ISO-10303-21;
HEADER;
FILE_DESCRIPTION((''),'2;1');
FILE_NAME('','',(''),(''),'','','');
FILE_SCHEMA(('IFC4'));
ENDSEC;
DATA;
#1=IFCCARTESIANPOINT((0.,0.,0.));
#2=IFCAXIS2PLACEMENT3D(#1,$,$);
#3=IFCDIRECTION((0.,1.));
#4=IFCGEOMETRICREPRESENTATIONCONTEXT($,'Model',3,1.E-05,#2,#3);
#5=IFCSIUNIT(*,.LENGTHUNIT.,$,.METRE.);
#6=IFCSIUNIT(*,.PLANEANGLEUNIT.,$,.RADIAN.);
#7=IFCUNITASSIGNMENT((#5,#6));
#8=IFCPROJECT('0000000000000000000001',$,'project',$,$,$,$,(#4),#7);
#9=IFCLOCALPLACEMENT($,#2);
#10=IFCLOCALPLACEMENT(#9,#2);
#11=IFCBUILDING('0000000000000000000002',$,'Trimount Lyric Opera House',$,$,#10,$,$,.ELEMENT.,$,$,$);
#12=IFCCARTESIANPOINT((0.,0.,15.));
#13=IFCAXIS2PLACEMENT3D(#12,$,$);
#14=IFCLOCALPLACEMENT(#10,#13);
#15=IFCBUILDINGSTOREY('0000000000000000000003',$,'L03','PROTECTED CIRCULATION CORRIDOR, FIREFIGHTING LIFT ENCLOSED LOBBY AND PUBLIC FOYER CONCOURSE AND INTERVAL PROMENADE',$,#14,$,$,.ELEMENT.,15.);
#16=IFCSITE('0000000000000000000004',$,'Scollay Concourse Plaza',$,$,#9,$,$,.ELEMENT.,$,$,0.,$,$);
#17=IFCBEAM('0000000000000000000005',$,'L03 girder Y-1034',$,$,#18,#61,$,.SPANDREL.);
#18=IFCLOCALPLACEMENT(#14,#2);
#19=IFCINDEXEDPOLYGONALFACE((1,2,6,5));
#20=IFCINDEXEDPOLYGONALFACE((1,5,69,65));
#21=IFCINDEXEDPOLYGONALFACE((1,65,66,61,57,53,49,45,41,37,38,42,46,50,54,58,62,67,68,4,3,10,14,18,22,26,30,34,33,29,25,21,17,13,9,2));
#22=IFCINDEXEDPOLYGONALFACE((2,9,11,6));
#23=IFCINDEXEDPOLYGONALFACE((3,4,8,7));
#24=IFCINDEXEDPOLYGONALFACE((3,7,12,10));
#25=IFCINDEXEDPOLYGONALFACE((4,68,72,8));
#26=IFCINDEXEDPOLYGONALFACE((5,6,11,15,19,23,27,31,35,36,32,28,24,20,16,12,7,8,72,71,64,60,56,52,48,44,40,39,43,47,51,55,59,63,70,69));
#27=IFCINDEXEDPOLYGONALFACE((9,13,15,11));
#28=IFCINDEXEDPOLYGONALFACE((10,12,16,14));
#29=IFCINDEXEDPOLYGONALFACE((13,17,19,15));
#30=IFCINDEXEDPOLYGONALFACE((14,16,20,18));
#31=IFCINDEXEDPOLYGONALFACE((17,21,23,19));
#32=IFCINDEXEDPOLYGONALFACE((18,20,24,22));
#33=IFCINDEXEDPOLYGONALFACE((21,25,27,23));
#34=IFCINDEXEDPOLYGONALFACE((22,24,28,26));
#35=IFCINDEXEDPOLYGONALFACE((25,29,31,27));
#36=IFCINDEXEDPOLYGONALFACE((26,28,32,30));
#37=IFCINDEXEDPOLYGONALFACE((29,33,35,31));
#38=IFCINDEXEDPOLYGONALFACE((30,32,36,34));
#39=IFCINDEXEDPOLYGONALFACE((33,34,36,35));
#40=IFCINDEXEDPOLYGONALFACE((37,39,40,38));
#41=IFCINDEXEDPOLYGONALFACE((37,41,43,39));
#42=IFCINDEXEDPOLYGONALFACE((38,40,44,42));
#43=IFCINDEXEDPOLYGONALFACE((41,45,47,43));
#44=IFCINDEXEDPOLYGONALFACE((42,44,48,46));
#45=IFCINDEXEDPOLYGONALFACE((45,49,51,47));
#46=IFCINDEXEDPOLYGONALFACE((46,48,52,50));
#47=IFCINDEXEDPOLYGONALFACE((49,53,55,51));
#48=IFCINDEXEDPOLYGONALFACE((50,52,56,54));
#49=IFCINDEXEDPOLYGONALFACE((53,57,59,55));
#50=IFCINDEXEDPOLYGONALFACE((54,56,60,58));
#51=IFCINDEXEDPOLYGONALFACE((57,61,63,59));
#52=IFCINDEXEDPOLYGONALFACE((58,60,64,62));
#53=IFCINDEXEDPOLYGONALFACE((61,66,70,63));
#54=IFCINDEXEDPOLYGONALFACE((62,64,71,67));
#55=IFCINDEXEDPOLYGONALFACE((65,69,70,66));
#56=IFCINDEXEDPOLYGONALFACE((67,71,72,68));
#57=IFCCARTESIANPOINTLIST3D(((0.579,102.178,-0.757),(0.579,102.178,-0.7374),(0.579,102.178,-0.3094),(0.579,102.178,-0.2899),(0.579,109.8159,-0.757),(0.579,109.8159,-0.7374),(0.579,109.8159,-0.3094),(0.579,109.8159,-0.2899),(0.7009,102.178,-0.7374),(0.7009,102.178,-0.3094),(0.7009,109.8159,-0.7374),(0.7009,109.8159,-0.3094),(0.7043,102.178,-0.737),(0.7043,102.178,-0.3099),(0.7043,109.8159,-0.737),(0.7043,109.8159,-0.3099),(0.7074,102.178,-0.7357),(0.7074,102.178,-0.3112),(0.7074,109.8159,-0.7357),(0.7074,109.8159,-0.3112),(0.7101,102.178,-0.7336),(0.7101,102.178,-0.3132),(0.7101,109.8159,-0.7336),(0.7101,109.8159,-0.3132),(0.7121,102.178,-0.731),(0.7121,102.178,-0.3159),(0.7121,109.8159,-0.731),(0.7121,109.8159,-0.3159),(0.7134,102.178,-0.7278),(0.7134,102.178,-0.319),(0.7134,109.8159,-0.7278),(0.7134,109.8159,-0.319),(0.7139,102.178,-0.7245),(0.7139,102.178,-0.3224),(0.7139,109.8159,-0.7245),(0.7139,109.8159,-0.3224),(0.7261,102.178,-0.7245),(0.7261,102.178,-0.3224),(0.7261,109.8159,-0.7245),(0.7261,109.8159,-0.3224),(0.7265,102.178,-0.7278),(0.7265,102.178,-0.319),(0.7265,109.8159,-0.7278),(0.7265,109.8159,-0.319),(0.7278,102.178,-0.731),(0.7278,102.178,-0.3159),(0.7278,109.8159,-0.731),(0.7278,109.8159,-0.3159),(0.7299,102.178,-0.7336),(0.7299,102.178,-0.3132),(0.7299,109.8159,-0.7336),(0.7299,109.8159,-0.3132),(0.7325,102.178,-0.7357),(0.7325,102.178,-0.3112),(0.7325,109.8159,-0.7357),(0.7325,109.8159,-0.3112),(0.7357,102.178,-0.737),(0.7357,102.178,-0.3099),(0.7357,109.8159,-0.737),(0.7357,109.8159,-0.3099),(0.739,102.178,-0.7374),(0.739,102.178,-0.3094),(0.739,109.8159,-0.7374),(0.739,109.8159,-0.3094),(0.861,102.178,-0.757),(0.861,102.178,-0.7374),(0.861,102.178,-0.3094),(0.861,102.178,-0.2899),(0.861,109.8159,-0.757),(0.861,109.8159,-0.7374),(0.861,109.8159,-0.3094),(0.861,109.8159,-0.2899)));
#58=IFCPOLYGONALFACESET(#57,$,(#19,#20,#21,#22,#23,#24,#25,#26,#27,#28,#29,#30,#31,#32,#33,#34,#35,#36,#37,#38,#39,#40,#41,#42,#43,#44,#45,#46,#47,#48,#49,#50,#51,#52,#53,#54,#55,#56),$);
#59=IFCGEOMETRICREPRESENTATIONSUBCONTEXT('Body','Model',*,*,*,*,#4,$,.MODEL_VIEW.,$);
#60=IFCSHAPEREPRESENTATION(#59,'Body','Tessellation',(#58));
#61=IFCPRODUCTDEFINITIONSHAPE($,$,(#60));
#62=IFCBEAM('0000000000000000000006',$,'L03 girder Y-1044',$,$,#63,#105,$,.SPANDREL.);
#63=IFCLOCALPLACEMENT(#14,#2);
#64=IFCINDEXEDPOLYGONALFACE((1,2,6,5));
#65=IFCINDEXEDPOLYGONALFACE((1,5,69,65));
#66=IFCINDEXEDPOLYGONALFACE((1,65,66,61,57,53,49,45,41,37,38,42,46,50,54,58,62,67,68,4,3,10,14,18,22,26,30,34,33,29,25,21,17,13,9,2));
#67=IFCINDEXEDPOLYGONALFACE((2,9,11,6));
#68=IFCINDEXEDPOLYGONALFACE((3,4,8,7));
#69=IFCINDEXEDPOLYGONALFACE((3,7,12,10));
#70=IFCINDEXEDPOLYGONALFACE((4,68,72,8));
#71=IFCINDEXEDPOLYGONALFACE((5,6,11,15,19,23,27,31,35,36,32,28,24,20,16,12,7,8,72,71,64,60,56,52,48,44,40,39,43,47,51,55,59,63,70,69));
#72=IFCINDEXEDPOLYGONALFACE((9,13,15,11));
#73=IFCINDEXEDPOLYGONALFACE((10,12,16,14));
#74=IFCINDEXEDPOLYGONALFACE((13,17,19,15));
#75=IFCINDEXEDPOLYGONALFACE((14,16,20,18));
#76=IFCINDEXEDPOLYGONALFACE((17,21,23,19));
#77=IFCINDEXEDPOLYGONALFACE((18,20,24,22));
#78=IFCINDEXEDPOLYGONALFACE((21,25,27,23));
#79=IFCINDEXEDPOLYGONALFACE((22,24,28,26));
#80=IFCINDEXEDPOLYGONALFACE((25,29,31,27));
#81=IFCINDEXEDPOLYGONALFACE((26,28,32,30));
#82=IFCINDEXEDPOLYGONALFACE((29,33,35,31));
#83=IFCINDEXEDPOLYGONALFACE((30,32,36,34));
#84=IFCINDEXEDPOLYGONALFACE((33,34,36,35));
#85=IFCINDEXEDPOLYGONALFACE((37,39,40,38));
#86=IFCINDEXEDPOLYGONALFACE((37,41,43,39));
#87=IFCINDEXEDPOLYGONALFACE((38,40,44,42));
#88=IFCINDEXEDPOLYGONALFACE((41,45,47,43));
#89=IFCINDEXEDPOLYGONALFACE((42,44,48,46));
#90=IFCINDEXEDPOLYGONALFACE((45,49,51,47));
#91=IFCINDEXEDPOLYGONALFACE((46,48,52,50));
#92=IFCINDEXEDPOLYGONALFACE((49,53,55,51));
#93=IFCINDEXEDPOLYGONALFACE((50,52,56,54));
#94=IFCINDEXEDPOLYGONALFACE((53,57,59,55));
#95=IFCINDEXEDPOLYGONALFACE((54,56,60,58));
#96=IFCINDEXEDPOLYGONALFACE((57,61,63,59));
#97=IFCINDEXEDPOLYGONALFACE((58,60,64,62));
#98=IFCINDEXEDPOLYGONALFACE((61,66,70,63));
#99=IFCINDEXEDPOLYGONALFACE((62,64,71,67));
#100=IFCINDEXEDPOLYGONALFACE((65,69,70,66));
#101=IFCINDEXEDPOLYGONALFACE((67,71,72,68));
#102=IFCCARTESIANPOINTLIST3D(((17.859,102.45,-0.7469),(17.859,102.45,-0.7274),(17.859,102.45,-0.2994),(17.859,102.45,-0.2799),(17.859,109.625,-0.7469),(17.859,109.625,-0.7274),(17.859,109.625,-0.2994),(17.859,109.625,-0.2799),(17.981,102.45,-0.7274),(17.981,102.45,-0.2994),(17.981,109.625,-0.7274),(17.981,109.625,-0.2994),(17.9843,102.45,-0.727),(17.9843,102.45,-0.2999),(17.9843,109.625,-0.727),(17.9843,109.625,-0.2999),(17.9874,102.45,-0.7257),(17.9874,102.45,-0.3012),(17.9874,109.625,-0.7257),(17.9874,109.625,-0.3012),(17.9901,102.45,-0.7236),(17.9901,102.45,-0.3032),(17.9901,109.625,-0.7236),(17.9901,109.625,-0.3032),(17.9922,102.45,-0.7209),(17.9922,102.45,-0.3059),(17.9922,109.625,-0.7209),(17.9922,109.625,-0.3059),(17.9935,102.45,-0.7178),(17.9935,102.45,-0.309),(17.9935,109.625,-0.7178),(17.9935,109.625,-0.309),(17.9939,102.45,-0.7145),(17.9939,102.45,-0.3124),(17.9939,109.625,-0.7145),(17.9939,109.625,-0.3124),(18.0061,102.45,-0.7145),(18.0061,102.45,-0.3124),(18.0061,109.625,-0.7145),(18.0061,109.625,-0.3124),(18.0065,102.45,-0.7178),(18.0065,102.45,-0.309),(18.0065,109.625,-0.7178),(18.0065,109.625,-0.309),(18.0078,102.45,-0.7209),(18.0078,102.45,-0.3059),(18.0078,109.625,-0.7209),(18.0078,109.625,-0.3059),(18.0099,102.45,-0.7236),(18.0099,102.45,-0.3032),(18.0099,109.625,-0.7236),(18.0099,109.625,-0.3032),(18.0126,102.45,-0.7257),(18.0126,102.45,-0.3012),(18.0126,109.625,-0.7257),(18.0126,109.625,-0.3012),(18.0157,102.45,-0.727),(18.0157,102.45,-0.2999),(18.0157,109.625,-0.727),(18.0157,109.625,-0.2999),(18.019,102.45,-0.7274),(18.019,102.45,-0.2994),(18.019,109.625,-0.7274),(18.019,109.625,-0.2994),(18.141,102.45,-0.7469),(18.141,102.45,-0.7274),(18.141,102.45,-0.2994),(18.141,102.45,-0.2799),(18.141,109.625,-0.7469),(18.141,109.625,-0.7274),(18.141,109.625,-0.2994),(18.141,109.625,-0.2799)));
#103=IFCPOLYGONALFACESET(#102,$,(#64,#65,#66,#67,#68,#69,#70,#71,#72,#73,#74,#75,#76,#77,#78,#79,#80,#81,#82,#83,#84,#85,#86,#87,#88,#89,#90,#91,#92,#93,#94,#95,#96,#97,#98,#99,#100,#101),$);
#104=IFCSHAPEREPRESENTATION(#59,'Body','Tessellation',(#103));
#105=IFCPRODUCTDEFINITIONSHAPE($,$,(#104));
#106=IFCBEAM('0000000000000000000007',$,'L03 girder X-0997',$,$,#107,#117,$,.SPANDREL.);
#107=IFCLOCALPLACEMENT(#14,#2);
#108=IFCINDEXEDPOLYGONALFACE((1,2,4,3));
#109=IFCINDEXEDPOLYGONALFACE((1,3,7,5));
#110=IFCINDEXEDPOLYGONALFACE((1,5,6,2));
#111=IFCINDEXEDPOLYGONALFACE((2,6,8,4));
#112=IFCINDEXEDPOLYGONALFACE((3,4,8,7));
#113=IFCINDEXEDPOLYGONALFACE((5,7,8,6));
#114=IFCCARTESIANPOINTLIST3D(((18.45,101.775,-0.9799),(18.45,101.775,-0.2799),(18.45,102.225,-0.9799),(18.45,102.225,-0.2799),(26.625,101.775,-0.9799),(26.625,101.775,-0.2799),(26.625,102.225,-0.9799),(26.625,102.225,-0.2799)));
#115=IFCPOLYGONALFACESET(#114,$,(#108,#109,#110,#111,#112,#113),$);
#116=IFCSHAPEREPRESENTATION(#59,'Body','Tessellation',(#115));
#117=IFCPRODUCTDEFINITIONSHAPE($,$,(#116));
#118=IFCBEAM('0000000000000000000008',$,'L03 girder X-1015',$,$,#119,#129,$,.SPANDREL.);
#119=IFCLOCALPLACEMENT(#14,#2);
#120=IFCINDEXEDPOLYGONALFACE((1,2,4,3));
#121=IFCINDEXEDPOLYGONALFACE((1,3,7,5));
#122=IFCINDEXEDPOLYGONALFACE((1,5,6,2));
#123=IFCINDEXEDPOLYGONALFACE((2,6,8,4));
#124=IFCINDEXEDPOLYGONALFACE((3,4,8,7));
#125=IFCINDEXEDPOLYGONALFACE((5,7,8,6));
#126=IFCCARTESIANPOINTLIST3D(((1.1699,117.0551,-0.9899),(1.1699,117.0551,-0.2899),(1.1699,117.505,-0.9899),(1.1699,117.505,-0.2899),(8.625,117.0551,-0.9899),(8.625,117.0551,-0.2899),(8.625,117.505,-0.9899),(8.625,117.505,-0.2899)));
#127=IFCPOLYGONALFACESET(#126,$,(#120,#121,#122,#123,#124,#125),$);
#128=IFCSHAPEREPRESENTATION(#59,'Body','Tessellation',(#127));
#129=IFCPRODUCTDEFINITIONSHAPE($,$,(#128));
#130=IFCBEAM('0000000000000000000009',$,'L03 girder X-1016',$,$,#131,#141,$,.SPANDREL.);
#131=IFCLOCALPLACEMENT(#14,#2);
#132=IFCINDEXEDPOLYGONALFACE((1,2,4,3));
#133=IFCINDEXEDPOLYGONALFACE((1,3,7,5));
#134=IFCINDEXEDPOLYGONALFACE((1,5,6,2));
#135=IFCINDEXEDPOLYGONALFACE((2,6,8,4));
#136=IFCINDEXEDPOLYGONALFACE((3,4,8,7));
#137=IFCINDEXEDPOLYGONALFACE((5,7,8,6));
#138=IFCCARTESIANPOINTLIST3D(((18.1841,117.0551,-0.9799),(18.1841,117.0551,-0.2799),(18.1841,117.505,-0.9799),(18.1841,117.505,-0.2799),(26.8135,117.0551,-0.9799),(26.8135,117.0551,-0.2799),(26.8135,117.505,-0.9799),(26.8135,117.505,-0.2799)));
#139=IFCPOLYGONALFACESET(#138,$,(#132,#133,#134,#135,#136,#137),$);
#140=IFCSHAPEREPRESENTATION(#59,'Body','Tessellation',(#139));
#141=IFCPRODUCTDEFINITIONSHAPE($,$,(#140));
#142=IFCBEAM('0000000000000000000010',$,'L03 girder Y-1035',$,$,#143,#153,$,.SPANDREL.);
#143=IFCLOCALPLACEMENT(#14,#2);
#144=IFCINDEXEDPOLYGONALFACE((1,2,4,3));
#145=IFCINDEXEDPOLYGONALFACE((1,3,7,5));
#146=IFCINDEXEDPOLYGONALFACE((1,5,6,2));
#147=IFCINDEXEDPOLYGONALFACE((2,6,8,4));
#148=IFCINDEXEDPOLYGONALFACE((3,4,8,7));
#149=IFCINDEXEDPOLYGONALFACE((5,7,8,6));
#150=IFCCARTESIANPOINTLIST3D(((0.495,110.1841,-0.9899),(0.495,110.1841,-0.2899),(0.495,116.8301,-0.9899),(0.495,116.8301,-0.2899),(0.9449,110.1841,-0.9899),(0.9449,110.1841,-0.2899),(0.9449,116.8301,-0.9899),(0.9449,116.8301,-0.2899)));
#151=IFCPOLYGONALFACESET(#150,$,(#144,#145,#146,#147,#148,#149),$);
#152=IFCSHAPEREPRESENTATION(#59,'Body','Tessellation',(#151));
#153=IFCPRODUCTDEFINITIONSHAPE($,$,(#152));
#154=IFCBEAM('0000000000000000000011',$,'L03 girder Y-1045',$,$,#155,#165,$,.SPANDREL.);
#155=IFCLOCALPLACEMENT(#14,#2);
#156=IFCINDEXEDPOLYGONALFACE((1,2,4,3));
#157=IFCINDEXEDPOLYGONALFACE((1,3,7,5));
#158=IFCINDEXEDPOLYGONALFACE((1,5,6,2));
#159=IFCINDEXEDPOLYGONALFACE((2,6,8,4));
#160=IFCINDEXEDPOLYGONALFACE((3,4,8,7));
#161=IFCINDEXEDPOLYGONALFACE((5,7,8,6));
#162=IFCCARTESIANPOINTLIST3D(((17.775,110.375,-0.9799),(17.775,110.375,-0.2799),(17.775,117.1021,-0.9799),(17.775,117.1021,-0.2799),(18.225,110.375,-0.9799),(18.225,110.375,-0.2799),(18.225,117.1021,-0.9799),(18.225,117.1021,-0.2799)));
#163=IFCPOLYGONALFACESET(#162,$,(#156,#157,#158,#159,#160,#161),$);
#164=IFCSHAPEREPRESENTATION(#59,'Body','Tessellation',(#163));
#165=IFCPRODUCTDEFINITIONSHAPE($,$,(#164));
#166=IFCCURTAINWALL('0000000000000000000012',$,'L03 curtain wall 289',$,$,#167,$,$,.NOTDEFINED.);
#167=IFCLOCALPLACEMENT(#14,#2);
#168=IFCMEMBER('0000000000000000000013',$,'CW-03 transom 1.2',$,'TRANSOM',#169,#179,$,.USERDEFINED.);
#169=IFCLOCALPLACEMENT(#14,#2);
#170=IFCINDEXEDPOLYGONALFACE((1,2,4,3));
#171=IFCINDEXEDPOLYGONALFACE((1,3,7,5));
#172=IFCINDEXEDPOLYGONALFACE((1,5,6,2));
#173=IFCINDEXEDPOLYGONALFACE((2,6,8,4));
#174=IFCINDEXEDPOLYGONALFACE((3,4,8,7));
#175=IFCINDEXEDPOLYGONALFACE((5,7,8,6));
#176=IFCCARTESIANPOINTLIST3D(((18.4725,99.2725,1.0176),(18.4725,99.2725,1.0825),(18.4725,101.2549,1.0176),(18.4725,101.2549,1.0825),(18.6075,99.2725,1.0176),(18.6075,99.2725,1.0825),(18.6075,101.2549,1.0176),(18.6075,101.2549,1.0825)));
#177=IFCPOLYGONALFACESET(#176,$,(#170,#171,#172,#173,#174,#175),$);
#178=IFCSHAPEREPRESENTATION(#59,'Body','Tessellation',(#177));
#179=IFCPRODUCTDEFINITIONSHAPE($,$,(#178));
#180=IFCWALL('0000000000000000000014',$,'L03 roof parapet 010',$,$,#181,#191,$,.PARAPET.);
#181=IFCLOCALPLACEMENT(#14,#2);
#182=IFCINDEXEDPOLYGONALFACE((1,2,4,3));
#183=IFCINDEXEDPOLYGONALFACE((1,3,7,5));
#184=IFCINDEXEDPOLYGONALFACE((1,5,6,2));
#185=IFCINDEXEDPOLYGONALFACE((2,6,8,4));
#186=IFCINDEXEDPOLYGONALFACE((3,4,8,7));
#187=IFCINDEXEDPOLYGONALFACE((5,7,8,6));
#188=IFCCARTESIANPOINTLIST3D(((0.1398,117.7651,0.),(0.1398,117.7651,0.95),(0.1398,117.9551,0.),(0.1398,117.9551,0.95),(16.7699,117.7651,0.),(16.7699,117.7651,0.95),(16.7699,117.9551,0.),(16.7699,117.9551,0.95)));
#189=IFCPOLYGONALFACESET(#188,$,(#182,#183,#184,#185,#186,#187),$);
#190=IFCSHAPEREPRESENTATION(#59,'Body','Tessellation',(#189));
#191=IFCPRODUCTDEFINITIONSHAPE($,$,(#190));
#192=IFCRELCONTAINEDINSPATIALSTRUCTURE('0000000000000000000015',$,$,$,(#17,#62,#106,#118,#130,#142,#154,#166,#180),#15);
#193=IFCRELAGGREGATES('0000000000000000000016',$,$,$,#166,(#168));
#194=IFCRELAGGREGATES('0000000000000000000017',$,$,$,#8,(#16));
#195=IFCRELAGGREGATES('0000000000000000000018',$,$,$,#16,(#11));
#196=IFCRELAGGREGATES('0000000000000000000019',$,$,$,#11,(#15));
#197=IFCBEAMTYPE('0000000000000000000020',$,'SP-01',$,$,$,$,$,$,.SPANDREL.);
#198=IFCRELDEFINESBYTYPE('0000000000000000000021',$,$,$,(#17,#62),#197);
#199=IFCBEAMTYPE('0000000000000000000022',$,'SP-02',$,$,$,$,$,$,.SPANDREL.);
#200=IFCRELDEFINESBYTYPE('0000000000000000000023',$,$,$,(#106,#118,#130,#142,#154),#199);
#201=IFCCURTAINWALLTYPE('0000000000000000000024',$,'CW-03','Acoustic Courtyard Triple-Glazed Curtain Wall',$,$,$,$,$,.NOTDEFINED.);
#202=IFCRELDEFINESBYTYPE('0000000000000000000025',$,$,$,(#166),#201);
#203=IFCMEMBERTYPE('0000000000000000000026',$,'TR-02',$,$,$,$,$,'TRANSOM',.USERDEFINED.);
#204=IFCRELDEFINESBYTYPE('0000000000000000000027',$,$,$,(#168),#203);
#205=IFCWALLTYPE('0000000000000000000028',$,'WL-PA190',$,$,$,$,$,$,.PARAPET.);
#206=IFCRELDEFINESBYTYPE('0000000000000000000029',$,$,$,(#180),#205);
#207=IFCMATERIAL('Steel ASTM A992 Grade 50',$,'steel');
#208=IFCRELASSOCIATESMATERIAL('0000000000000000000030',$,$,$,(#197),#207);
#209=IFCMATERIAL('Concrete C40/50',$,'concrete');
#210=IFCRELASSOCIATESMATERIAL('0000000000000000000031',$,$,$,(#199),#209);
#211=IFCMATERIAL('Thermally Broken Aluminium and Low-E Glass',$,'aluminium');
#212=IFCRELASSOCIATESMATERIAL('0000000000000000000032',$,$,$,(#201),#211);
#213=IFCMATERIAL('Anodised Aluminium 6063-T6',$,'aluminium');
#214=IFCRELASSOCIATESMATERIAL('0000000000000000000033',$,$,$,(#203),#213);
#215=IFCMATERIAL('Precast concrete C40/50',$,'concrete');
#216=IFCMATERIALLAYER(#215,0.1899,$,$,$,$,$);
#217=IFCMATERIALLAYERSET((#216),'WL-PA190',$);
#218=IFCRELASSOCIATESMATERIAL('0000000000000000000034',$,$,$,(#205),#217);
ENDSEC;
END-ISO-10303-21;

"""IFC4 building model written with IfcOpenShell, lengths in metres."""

from ifc_helpers import new_model, si_unit, direction, frame, frame_2d, origin, origin_2d, place, context, subcontext, project, spatial, rectangle, i_section, extrude, material, layer, layer_set, material_profile, profile_set, type_object, element, aggregate, save


model = new_model("IFC4")

# Units and contexts
model_context = context("Model", 3, precision=1e-05, world=origin(), true_north=direction((0.0, 1.0)))
body_context = subcontext(model_context, "Body", "Model", "MODEL_VIEW")
ifc_project = project(units=[si_unit("LENGTHUNIT", "METRE"), si_unit("PLANEANGLEUNIT", "RADIAN")], contexts=[model_context])

# Site, building, storey
site_placement = place(None, origin())
site = spatial("IfcSite", under=ifc_project, at=site_placement, Name="Scollay Concourse Plaza", CompositionType="ELEMENT", RefElevation=0.0)
building_placement = place(site_placement, origin())
building = spatial("IfcBuilding", under=site, at=building_placement, Name="Trimount Lyric Opera House", CompositionType="ELEMENT")
storey_placement = place(building_placement, frame((0.0, 0.0, 15.0)))
storey = spatial("IfcBuildingStorey", under=building, at=storey_placement, Name="L03", Description="PROTECTED CIRCULATION CORRIDOR, FIREFIGHTING LIFT ENCLOSED LOBBY AND PUBLIC FOYER CONCOURSE AND INTERVAL PROMENADE", CompositionType="ELEMENT", Elevation=15.0)

# Beams
ifc_material_1 = material(Name="Steel ASTM A992 Grade 50", Category="steel")
ifc_material_profile_1 = material_profile(ifc_material_1, i_section(OverallWidth=0.282, OverallDepth=0.467, WebThickness=0.0122, FlangeThickness=0.0195, FilletRadius=0.0129, at=origin_2d()), Name="W18X86")
ifc_profile_set_1 = profile_set([ifc_material_profile_1], Name="Steel ASTM A992 Grade 50")
beam_type_1 = type_object("IfcBeamType", Name="SP-01", PredefinedType="SPANDREL", material=ifc_profile_set_1)
beam_1_placement = place(storey_placement, frame((0.72, 102.178, -0.5234), z_axis=(0.0, 1.0, 0.0), x_axis=(-1.0, 0.0, 0.0)))
element("IfcBeam", 1, at=beam_1_placement, inside=storey, type_object=beam_type_1, Name="L03 girder Y-1034", PredefinedType="SPANDREL", context=body_context, shape_type="SweptSolid", body=[
    extrude(i_section(OverallWidth=0.282, OverallDepth=0.467, WebThickness=0.0122, FlangeThickness=0.0195, FilletRadius=0.0129, at=origin_2d()), origin(), (0.0, 0.0, 1.0), 7.6379),
])
beam_2_placement = place(storey_placement, frame((18.0, 102.45, -0.5134), z_axis=(0.0, 1.0, 0.0), x_axis=(-1.0, 0.0, 0.0)))
element("IfcBeam", 2, at=beam_2_placement, inside=storey, type_object=beam_type_1, Name="L03 girder Y-1044", PredefinedType="SPANDREL", context=body_context, shape_type="SweptSolid", body=[
    extrude(i_section(OverallWidth=0.282, OverallDepth=0.467, WebThickness=0.0122, FlangeThickness=0.0195, FilletRadius=0.0129, at=origin_2d()), origin(), (0.0, 0.0, 1.0), 7.175),
])
ifc_material_2 = material(Name="Concrete C40/50", Category="concrete")
ifc_material_profile_2 = material_profile(ifc_material_2, rectangle(XDim=0.45, YDim=0.7, at=origin_2d()), Name="RC450X700")
ifc_profile_set_2 = profile_set([ifc_material_profile_2], Name="Concrete C40/50")
beam_type_2 = type_object("IfcBeamType", Name="SP-02", PredefinedType="SPANDREL", material=ifc_profile_set_2)
beam_3_placement = place(storey_placement, frame((18.45, 102.0, -0.6299), z_axis=(1.0, 0.0, 0.0), x_axis=(0.0, 1.0, 0.0)))
element("IfcBeam", 3, at=beam_3_placement, inside=storey, type_object=beam_type_2, Name="L03 girder X-0997", PredefinedType="SPANDREL", context=body_context, shape_type="SweptSolid", body=[
    extrude(rectangle(XDim=0.45, YDim=0.7, at=origin_2d()), origin(), (0.0, 0.0, 1.0), 8.175),
])
beam_4_placement = place(storey_placement, frame((1.1699, 117.28, -0.6399), z_axis=(1.0, 0.0, 0.0), x_axis=(0.0, 1.0, 0.0)))
element("IfcBeam", 4, at=beam_4_placement, inside=storey, type_object=beam_type_2, Name="L03 girder X-1015", PredefinedType="SPANDREL", context=body_context, shape_type="SweptSolid", body=[
    extrude(rectangle(XDim=0.45, YDim=0.7, at=origin_2d()), origin(), (0.0, 0.0, 1.0), 7.4551),
])
beam_5_placement = place(storey_placement, frame((18.1841, 117.28, -0.6299), z_axis=(1.0, 0.0, 0.0), x_axis=(0.0, 1.0, 0.0)))
element("IfcBeam", 5, at=beam_5_placement, inside=storey, type_object=beam_type_2, Name="L03 girder X-1016", PredefinedType="SPANDREL", context=body_context, shape_type="SweptSolid", body=[
    extrude(rectangle(XDim=0.45, YDim=0.7, at=origin_2d()), origin(), (0.0, 0.0, 1.0), 8.6294),
])
beam_6_placement = place(storey_placement, frame((0.72, 110.1841, -0.6399), z_axis=(0.0, 1.0, 0.0), x_axis=(-1.0, 0.0, 0.0)))
element("IfcBeam", 6, at=beam_6_placement, inside=storey, type_object=beam_type_2, Name="L03 girder Y-1035", PredefinedType="SPANDREL", context=body_context, shape_type="SweptSolid", body=[
    extrude(rectangle(XDim=0.45, YDim=0.7, at=origin_2d()), origin(), (0.0, 0.0, 1.0), 6.646),
])
beam_7_placement = place(storey_placement, frame((18.0, 110.375, -0.6299), z_axis=(0.0, 1.0, 0.0), x_axis=(-1.0, 0.0, 0.0)))
element("IfcBeam", 7, at=beam_7_placement, inside=storey, type_object=beam_type_2, Name="L03 girder Y-1045", PredefinedType="SPANDREL", context=body_context, shape_type="SweptSolid", body=[
    extrude(rectangle(XDim=0.45, YDim=0.7, at=origin_2d()), origin(), (0.0, 0.0, 1.0), 6.7271),
])

# Curtain wall, member
ifc_material_3 = material(Name="Thermally Broken Aluminium and Low-E Glass", Category="aluminium")
curtain_wall_type = type_object("IfcCurtainWallType", Name="CW-03", Description="Acoustic Courtyard Triple-Glazed Curtain Wall", PredefinedType="NOTDEFINED", material=ifc_material_3)
curtain_wall_placement = place(storey_placement, origin())
curtain_wall = element("IfcCurtainWall", 8, at=curtain_wall_placement, inside=storey, type_object=curtain_wall_type, Name="L03 curtain wall 289", PredefinedType="NOTDEFINED")
ifc_material_4 = material(Name="Anodised Aluminium 6063-T6", Category="aluminium")
ifc_material_profile_3 = material_profile(ifc_material_4, rectangle(XDim=0.135, YDim=0.0649, at=origin_2d()), Name="ALU-TRAN-65X135")
ifc_profile_set_3 = profile_set([ifc_material_profile_3], Name="Anodised Aluminium 6063-T6")
member_type = type_object("IfcMemberType", Name="TR-02", ElementType="TRANSOM", PredefinedType="USERDEFINED", material=ifc_profile_set_3)
member_placement = place(storey_placement, frame((18.54, 101.2549, 1.05), z_axis=(0.0, -1.0, 0.0), x_axis=(1.0, 0.0, 0.0)))
member = element("IfcMember", 9, at=member_placement, type_object=member_type, Name="CW-03 transom 1.2", ObjectType="TRANSOM", PredefinedType="USERDEFINED", context=body_context, shape_type="SweptSolid", body=[
    extrude(rectangle(XDim=0.135, YDim=0.0649, at=origin_2d()), origin(), (0.0, 0.0, 1.0), 1.9824),
])
aggregate(curtain_wall, [member])

# Wall
ifc_material_5 = material(Name="Precast concrete C40/50", Category="concrete")
ifc_layer_1 = layer(ifc_material_5, 0.1899)
ifc_layer_set_1 = layer_set([ifc_layer_1], Name="WL-PA190")
wall_type_1 = type_object("IfcWallType", Name="WL-PA190", PredefinedType="PARAPET", material=ifc_layer_set_1)
wall_1_placement = place(storey_placement, frame((0.1399, 117.8601, 0.0), z_axis=(0.0, 0.0, 1.0), x_axis=(1.0, 0.0, 0.0)))
element("IfcWall", 10, at=wall_1_placement, inside=storey, type_object=wall_type_1, Name="L03 roof parapet 010", PredefinedType="PARAPET", context=body_context, shape_type="SweptSolid", body=[
    extrude(rectangle(XDim=16.6301, YDim=0.1899, at=frame_2d((8.3149, 0.0))), origin(), (0.0, 0.0, 1.0), 0.95),
])

save(model, "model.ifc")
